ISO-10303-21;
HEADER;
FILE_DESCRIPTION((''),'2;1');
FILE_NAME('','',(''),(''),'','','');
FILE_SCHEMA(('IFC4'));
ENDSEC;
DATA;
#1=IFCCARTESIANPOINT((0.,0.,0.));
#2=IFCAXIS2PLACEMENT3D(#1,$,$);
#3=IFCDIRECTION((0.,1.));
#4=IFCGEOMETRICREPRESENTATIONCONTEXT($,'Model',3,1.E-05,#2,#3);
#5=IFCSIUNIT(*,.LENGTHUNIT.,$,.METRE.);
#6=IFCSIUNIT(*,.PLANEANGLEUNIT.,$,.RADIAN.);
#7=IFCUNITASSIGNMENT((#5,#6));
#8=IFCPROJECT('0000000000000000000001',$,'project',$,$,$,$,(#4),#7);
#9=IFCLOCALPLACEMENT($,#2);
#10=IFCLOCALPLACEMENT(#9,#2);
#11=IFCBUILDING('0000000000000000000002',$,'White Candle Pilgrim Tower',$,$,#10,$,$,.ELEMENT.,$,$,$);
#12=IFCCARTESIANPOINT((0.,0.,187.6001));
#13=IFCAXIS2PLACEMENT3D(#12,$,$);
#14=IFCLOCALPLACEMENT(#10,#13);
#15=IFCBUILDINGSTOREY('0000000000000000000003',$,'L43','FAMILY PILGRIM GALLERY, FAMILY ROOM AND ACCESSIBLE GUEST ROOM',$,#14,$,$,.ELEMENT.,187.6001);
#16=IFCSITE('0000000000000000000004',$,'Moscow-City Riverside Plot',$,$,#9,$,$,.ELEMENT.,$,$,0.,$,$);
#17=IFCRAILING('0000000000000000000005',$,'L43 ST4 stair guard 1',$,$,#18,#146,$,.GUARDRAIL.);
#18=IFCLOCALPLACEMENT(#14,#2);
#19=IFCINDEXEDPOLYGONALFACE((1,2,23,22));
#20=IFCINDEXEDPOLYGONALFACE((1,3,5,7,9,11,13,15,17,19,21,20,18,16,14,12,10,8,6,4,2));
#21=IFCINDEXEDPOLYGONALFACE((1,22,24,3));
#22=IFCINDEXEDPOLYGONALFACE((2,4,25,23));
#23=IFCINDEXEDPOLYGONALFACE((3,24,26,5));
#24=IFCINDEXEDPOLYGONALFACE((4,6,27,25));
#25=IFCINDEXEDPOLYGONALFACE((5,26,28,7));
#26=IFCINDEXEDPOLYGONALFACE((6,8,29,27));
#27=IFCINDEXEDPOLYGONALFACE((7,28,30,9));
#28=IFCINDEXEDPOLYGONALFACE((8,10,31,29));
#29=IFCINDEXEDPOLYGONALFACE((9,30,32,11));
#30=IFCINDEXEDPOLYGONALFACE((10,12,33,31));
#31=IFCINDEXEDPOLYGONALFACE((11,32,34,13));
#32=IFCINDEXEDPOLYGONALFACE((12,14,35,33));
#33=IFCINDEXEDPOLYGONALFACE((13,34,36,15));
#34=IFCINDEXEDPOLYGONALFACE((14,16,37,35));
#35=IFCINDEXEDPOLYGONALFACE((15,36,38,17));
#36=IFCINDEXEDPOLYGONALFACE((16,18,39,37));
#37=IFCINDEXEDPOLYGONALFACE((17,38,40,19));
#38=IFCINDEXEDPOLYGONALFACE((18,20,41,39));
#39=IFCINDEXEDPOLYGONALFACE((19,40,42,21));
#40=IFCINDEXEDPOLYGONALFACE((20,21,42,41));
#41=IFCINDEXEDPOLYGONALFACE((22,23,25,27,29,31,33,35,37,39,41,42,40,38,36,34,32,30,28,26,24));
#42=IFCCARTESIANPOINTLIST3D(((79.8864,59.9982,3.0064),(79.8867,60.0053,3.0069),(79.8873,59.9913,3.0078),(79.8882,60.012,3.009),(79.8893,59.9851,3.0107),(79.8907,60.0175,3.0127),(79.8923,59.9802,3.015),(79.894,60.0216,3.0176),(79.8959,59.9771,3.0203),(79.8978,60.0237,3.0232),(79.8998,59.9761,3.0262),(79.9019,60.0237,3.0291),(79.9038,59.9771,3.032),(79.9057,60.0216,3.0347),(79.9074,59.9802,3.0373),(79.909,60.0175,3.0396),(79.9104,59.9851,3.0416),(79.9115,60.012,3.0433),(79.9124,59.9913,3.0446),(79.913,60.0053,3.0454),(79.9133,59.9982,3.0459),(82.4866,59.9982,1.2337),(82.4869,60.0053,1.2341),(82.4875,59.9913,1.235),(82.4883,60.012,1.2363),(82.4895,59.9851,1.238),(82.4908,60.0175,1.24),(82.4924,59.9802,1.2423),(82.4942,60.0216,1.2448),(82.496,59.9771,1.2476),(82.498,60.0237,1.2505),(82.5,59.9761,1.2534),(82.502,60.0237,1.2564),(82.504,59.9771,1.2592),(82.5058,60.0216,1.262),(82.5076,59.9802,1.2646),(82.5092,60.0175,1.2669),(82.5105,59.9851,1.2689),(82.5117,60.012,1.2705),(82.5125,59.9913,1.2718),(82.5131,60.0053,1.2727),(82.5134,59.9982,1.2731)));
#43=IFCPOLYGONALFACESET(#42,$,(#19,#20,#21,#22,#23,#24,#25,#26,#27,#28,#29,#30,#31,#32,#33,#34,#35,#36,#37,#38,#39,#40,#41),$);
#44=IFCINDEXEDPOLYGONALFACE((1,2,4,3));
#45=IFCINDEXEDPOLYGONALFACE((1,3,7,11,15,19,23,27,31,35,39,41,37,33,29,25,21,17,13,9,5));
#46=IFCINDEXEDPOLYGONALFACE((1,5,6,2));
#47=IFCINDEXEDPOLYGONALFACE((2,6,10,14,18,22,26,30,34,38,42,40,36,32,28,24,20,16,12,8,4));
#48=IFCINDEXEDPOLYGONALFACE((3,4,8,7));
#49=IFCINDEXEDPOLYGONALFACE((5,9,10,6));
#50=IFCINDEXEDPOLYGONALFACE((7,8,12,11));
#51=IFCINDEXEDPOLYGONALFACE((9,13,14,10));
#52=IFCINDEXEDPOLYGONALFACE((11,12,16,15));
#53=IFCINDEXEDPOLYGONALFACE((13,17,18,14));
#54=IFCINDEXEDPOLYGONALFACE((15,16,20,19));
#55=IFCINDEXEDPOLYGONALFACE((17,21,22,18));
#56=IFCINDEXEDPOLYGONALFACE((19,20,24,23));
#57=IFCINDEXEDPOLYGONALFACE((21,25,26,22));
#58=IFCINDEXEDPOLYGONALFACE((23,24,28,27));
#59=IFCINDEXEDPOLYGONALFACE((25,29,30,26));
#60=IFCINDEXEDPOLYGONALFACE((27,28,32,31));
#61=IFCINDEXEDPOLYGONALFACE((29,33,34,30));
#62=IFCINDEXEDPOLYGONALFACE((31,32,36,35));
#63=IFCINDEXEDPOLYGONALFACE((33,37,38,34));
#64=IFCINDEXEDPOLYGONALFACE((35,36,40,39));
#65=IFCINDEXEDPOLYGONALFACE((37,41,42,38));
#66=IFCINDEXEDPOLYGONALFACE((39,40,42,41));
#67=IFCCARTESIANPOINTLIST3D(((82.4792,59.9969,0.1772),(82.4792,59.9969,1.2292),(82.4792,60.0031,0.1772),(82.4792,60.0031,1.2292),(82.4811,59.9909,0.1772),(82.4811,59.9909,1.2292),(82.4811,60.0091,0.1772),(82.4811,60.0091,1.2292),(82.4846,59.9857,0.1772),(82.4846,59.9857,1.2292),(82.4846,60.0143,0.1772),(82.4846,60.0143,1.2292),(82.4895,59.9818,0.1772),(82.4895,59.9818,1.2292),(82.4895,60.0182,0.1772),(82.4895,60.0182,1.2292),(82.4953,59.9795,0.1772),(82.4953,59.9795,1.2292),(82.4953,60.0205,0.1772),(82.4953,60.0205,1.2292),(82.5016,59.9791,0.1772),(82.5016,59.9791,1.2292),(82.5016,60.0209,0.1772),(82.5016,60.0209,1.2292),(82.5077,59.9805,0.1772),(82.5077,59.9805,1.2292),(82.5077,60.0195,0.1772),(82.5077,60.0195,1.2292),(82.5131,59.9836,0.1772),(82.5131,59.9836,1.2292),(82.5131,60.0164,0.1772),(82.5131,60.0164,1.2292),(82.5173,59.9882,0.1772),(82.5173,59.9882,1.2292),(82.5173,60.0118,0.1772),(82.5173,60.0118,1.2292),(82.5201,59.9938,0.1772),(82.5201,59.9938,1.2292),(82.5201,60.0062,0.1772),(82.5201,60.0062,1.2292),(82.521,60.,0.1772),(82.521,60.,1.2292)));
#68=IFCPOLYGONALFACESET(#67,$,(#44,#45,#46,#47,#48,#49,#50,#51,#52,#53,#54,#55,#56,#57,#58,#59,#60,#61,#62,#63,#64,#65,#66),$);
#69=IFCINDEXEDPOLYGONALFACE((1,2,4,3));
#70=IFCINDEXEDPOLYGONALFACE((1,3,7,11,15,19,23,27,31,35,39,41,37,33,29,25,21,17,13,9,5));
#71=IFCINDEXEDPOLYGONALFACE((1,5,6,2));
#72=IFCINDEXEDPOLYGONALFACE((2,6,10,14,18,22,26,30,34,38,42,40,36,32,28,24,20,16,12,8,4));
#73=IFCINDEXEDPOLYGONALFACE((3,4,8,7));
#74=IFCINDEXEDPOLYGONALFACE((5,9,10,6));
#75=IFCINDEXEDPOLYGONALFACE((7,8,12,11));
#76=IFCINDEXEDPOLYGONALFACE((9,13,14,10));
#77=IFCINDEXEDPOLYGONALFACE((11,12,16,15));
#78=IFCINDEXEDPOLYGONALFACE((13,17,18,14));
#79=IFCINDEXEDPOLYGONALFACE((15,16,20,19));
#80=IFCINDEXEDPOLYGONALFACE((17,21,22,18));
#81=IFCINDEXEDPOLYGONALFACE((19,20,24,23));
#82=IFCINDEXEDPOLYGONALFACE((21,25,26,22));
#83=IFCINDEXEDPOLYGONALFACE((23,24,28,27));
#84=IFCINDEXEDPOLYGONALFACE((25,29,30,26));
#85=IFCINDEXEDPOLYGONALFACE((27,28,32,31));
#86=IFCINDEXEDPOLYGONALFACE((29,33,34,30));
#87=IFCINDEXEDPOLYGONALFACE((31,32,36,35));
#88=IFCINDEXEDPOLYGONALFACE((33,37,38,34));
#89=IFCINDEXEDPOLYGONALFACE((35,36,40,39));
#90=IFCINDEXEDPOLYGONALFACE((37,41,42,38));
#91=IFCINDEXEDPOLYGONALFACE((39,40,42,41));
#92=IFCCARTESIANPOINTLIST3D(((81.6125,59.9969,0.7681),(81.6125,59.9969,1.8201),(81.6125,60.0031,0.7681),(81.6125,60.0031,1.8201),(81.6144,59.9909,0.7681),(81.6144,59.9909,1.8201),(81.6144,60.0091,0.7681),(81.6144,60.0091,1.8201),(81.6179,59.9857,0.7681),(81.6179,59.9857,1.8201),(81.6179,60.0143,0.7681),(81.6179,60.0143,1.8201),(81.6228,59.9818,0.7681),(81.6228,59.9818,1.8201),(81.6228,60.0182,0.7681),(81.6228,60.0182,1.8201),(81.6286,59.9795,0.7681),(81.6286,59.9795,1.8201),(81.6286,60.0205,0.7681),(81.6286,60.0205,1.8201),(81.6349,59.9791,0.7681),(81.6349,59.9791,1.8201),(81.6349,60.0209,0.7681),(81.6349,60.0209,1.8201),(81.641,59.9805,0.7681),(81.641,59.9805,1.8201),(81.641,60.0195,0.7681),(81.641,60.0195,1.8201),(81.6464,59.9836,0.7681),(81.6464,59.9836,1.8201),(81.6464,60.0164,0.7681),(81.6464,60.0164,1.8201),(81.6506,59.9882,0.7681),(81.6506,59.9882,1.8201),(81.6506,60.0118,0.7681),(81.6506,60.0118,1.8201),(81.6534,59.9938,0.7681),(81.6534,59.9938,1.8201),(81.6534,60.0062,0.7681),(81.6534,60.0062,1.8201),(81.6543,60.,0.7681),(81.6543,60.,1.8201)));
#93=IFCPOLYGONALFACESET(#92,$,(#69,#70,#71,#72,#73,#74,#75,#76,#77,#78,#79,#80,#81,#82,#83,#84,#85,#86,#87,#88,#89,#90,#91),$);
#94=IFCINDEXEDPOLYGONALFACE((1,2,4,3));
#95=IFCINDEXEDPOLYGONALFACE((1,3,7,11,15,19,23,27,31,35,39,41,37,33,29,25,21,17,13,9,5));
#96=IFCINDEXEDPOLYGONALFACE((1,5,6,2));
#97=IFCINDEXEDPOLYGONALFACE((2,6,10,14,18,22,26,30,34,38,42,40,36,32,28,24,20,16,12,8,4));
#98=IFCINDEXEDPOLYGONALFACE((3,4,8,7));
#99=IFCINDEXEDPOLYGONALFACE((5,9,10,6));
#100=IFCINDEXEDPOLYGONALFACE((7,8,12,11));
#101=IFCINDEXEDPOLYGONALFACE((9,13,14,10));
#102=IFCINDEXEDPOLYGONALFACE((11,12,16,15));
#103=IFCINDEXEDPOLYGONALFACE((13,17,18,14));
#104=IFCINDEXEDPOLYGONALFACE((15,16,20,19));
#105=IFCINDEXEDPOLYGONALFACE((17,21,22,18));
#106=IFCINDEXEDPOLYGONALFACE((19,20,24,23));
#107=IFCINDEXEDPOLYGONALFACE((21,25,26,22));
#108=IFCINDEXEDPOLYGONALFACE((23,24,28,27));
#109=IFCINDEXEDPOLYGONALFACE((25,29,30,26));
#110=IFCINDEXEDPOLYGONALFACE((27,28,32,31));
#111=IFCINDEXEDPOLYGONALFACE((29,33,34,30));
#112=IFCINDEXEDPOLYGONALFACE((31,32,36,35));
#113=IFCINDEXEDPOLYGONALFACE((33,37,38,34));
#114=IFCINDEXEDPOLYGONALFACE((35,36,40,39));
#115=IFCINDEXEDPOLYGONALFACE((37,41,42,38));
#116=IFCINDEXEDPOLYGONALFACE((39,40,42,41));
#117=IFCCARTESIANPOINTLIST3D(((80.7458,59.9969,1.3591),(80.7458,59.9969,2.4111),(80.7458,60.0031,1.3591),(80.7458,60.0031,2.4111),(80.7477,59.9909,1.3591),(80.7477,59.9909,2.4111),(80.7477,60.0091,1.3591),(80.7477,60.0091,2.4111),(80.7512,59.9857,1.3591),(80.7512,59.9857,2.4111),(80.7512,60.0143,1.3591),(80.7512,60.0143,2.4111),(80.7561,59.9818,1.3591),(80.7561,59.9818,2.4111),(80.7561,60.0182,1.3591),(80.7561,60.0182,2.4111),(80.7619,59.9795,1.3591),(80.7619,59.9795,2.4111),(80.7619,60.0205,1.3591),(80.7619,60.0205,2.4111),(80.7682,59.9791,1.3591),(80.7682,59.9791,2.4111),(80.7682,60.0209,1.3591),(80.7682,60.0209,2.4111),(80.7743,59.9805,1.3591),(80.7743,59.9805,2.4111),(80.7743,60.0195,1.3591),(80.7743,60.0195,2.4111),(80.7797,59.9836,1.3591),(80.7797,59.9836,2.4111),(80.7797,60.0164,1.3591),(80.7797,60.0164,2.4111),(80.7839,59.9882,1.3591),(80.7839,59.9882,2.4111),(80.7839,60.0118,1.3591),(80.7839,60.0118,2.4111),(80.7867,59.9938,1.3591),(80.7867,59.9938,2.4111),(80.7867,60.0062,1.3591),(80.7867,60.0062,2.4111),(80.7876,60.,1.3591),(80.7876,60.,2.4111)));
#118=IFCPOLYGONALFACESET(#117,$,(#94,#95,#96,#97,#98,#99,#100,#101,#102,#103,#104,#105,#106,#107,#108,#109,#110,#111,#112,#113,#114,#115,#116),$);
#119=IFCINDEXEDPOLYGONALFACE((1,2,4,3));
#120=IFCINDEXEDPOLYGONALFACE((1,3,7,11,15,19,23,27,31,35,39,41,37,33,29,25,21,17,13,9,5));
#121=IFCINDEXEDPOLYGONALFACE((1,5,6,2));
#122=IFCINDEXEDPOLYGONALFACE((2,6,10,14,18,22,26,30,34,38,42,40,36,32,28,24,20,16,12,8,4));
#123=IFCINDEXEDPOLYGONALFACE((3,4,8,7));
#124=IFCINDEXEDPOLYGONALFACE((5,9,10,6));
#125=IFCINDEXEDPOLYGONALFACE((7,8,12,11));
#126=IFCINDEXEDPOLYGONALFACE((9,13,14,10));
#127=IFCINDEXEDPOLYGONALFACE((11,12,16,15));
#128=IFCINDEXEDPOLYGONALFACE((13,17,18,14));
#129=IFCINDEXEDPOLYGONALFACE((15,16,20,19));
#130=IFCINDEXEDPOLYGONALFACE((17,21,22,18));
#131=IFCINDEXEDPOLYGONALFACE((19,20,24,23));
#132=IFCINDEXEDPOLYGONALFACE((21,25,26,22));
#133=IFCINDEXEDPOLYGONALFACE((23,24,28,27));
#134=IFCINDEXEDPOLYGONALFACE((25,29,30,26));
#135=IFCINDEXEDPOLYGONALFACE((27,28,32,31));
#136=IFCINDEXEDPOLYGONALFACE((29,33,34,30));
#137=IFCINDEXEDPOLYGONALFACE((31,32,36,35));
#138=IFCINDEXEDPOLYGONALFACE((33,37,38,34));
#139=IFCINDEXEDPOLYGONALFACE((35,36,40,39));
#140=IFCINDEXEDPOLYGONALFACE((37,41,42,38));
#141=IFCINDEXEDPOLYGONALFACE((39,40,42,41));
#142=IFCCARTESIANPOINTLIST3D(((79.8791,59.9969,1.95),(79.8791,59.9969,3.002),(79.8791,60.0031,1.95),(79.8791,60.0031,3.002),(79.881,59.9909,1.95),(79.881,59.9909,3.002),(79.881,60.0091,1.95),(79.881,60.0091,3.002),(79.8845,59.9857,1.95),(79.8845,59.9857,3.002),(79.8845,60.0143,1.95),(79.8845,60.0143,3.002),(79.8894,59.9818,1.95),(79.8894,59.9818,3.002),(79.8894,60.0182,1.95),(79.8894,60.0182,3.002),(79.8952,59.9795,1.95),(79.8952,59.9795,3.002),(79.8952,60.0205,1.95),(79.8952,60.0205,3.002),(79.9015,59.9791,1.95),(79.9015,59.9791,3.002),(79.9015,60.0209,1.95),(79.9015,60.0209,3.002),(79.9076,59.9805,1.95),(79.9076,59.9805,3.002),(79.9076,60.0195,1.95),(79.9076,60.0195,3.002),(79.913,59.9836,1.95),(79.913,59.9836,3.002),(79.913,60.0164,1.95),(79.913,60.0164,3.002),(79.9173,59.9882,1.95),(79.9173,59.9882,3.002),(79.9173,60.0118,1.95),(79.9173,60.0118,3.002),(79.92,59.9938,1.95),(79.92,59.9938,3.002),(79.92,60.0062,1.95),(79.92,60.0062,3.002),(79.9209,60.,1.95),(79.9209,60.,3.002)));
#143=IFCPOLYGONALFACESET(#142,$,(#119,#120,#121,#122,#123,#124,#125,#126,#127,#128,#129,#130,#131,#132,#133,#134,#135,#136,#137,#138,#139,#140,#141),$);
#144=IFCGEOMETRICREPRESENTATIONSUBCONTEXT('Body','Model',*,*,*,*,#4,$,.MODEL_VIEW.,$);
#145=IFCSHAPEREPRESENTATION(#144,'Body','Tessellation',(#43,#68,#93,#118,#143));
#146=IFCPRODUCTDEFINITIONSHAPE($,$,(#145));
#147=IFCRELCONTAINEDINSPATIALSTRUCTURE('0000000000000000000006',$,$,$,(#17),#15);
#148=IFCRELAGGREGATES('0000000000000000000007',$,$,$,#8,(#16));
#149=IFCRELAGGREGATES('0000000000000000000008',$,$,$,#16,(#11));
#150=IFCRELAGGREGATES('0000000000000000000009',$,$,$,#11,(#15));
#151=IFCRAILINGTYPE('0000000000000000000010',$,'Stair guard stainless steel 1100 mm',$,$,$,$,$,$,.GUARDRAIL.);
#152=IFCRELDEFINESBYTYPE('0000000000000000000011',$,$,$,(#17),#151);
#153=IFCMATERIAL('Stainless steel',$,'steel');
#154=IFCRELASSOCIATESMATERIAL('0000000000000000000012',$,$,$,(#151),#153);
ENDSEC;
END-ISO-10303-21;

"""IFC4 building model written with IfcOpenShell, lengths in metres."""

from ifc_helpers import new_model, si_unit, direction, frame, origin, origin_2d, place, context, subcontext, project, spatial, circle, extrude, material, type_object, element, save


model = new_model("IFC4")

# Units and contexts
model_context = context("Model", 3, precision=1e-05, world=origin(), true_north=direction((0.0, 1.0)))
body_context = subcontext(model_context, "Body", "Model", "MODEL_VIEW")
ifc_project = project(units=[si_unit("LENGTHUNIT", "METRE"), si_unit("PLANEANGLEUNIT", "RADIAN")], contexts=[model_context])

# Site, building, storey
site_placement = place(None, origin())
site = spatial("IfcSite", under=ifc_project, at=site_placement, Name="Moscow-City Riverside Plot", CompositionType="ELEMENT", RefElevation=0.0)
building_placement = place(site_placement, origin())
building = spatial("IfcBuilding", under=site, at=building_placement, Name="White Candle Pilgrim Tower", CompositionType="ELEMENT")
storey_placement = place(building_placement, frame((0.0, 0.0, 187.6001)))
storey = spatial("IfcBuildingStorey", under=building, at=storey_placement, Name="L43", Description="FAMILY PILGRIM GALLERY, FAMILY ROOM AND ACCESSIBLE GUEST ROOM", CompositionType="ELEMENT", Elevation=187.6001)

# Railing
ifc_material_1 = material(Name="Stainless steel", Category="steel")
railing_type_1 = type_object("IfcRailingType", Name="Stair guard stainless steel 1100 mm", PredefinedType="GUARDRAIL", material=ifc_material_1)
railing_1_placement = place(storey_placement, frame((82.5, 60.0, 0.1772)))
element("IfcRailing", 1, at=railing_1_placement, inside=storey, type_object=railing_type_1, Name="L43 ST4 stair guard 1", PredefinedType="GUARDRAIL", context=body_context, shape_type="SweptSolid", body=[
    extrude(circle(Radius=0.0239, at=origin_2d()), frame((0.0, 0.0, 1.0762), z_axis=(-0.82624, 0.0, 0.563318), x_axis=(0.0, -1.0, 0.0)), (0.0, 0.0, 1.0), 3.147),
    extrude(circle(Radius=0.021, at=origin_2d()), origin(), (0.0, 0.0, 1.0), 1.052),
    extrude(circle(Radius=0.021, at=origin_2d()), frame((-0.8667, 0.0, 0.5908)), (0.0, 0.0, 1.0), 1.052),
    extrude(circle(Radius=0.021, at=origin_2d()), frame((-1.7334, 0.0, 1.1819)), (0.0, 0.0, 1.0), 1.052),
    extrude(circle(Radius=0.021, at=origin_2d()), frame((-2.6001, 0.0, 1.7727)), (0.0, 0.0, 1.0), 1.052),
])

save(model, "model.ifc")
